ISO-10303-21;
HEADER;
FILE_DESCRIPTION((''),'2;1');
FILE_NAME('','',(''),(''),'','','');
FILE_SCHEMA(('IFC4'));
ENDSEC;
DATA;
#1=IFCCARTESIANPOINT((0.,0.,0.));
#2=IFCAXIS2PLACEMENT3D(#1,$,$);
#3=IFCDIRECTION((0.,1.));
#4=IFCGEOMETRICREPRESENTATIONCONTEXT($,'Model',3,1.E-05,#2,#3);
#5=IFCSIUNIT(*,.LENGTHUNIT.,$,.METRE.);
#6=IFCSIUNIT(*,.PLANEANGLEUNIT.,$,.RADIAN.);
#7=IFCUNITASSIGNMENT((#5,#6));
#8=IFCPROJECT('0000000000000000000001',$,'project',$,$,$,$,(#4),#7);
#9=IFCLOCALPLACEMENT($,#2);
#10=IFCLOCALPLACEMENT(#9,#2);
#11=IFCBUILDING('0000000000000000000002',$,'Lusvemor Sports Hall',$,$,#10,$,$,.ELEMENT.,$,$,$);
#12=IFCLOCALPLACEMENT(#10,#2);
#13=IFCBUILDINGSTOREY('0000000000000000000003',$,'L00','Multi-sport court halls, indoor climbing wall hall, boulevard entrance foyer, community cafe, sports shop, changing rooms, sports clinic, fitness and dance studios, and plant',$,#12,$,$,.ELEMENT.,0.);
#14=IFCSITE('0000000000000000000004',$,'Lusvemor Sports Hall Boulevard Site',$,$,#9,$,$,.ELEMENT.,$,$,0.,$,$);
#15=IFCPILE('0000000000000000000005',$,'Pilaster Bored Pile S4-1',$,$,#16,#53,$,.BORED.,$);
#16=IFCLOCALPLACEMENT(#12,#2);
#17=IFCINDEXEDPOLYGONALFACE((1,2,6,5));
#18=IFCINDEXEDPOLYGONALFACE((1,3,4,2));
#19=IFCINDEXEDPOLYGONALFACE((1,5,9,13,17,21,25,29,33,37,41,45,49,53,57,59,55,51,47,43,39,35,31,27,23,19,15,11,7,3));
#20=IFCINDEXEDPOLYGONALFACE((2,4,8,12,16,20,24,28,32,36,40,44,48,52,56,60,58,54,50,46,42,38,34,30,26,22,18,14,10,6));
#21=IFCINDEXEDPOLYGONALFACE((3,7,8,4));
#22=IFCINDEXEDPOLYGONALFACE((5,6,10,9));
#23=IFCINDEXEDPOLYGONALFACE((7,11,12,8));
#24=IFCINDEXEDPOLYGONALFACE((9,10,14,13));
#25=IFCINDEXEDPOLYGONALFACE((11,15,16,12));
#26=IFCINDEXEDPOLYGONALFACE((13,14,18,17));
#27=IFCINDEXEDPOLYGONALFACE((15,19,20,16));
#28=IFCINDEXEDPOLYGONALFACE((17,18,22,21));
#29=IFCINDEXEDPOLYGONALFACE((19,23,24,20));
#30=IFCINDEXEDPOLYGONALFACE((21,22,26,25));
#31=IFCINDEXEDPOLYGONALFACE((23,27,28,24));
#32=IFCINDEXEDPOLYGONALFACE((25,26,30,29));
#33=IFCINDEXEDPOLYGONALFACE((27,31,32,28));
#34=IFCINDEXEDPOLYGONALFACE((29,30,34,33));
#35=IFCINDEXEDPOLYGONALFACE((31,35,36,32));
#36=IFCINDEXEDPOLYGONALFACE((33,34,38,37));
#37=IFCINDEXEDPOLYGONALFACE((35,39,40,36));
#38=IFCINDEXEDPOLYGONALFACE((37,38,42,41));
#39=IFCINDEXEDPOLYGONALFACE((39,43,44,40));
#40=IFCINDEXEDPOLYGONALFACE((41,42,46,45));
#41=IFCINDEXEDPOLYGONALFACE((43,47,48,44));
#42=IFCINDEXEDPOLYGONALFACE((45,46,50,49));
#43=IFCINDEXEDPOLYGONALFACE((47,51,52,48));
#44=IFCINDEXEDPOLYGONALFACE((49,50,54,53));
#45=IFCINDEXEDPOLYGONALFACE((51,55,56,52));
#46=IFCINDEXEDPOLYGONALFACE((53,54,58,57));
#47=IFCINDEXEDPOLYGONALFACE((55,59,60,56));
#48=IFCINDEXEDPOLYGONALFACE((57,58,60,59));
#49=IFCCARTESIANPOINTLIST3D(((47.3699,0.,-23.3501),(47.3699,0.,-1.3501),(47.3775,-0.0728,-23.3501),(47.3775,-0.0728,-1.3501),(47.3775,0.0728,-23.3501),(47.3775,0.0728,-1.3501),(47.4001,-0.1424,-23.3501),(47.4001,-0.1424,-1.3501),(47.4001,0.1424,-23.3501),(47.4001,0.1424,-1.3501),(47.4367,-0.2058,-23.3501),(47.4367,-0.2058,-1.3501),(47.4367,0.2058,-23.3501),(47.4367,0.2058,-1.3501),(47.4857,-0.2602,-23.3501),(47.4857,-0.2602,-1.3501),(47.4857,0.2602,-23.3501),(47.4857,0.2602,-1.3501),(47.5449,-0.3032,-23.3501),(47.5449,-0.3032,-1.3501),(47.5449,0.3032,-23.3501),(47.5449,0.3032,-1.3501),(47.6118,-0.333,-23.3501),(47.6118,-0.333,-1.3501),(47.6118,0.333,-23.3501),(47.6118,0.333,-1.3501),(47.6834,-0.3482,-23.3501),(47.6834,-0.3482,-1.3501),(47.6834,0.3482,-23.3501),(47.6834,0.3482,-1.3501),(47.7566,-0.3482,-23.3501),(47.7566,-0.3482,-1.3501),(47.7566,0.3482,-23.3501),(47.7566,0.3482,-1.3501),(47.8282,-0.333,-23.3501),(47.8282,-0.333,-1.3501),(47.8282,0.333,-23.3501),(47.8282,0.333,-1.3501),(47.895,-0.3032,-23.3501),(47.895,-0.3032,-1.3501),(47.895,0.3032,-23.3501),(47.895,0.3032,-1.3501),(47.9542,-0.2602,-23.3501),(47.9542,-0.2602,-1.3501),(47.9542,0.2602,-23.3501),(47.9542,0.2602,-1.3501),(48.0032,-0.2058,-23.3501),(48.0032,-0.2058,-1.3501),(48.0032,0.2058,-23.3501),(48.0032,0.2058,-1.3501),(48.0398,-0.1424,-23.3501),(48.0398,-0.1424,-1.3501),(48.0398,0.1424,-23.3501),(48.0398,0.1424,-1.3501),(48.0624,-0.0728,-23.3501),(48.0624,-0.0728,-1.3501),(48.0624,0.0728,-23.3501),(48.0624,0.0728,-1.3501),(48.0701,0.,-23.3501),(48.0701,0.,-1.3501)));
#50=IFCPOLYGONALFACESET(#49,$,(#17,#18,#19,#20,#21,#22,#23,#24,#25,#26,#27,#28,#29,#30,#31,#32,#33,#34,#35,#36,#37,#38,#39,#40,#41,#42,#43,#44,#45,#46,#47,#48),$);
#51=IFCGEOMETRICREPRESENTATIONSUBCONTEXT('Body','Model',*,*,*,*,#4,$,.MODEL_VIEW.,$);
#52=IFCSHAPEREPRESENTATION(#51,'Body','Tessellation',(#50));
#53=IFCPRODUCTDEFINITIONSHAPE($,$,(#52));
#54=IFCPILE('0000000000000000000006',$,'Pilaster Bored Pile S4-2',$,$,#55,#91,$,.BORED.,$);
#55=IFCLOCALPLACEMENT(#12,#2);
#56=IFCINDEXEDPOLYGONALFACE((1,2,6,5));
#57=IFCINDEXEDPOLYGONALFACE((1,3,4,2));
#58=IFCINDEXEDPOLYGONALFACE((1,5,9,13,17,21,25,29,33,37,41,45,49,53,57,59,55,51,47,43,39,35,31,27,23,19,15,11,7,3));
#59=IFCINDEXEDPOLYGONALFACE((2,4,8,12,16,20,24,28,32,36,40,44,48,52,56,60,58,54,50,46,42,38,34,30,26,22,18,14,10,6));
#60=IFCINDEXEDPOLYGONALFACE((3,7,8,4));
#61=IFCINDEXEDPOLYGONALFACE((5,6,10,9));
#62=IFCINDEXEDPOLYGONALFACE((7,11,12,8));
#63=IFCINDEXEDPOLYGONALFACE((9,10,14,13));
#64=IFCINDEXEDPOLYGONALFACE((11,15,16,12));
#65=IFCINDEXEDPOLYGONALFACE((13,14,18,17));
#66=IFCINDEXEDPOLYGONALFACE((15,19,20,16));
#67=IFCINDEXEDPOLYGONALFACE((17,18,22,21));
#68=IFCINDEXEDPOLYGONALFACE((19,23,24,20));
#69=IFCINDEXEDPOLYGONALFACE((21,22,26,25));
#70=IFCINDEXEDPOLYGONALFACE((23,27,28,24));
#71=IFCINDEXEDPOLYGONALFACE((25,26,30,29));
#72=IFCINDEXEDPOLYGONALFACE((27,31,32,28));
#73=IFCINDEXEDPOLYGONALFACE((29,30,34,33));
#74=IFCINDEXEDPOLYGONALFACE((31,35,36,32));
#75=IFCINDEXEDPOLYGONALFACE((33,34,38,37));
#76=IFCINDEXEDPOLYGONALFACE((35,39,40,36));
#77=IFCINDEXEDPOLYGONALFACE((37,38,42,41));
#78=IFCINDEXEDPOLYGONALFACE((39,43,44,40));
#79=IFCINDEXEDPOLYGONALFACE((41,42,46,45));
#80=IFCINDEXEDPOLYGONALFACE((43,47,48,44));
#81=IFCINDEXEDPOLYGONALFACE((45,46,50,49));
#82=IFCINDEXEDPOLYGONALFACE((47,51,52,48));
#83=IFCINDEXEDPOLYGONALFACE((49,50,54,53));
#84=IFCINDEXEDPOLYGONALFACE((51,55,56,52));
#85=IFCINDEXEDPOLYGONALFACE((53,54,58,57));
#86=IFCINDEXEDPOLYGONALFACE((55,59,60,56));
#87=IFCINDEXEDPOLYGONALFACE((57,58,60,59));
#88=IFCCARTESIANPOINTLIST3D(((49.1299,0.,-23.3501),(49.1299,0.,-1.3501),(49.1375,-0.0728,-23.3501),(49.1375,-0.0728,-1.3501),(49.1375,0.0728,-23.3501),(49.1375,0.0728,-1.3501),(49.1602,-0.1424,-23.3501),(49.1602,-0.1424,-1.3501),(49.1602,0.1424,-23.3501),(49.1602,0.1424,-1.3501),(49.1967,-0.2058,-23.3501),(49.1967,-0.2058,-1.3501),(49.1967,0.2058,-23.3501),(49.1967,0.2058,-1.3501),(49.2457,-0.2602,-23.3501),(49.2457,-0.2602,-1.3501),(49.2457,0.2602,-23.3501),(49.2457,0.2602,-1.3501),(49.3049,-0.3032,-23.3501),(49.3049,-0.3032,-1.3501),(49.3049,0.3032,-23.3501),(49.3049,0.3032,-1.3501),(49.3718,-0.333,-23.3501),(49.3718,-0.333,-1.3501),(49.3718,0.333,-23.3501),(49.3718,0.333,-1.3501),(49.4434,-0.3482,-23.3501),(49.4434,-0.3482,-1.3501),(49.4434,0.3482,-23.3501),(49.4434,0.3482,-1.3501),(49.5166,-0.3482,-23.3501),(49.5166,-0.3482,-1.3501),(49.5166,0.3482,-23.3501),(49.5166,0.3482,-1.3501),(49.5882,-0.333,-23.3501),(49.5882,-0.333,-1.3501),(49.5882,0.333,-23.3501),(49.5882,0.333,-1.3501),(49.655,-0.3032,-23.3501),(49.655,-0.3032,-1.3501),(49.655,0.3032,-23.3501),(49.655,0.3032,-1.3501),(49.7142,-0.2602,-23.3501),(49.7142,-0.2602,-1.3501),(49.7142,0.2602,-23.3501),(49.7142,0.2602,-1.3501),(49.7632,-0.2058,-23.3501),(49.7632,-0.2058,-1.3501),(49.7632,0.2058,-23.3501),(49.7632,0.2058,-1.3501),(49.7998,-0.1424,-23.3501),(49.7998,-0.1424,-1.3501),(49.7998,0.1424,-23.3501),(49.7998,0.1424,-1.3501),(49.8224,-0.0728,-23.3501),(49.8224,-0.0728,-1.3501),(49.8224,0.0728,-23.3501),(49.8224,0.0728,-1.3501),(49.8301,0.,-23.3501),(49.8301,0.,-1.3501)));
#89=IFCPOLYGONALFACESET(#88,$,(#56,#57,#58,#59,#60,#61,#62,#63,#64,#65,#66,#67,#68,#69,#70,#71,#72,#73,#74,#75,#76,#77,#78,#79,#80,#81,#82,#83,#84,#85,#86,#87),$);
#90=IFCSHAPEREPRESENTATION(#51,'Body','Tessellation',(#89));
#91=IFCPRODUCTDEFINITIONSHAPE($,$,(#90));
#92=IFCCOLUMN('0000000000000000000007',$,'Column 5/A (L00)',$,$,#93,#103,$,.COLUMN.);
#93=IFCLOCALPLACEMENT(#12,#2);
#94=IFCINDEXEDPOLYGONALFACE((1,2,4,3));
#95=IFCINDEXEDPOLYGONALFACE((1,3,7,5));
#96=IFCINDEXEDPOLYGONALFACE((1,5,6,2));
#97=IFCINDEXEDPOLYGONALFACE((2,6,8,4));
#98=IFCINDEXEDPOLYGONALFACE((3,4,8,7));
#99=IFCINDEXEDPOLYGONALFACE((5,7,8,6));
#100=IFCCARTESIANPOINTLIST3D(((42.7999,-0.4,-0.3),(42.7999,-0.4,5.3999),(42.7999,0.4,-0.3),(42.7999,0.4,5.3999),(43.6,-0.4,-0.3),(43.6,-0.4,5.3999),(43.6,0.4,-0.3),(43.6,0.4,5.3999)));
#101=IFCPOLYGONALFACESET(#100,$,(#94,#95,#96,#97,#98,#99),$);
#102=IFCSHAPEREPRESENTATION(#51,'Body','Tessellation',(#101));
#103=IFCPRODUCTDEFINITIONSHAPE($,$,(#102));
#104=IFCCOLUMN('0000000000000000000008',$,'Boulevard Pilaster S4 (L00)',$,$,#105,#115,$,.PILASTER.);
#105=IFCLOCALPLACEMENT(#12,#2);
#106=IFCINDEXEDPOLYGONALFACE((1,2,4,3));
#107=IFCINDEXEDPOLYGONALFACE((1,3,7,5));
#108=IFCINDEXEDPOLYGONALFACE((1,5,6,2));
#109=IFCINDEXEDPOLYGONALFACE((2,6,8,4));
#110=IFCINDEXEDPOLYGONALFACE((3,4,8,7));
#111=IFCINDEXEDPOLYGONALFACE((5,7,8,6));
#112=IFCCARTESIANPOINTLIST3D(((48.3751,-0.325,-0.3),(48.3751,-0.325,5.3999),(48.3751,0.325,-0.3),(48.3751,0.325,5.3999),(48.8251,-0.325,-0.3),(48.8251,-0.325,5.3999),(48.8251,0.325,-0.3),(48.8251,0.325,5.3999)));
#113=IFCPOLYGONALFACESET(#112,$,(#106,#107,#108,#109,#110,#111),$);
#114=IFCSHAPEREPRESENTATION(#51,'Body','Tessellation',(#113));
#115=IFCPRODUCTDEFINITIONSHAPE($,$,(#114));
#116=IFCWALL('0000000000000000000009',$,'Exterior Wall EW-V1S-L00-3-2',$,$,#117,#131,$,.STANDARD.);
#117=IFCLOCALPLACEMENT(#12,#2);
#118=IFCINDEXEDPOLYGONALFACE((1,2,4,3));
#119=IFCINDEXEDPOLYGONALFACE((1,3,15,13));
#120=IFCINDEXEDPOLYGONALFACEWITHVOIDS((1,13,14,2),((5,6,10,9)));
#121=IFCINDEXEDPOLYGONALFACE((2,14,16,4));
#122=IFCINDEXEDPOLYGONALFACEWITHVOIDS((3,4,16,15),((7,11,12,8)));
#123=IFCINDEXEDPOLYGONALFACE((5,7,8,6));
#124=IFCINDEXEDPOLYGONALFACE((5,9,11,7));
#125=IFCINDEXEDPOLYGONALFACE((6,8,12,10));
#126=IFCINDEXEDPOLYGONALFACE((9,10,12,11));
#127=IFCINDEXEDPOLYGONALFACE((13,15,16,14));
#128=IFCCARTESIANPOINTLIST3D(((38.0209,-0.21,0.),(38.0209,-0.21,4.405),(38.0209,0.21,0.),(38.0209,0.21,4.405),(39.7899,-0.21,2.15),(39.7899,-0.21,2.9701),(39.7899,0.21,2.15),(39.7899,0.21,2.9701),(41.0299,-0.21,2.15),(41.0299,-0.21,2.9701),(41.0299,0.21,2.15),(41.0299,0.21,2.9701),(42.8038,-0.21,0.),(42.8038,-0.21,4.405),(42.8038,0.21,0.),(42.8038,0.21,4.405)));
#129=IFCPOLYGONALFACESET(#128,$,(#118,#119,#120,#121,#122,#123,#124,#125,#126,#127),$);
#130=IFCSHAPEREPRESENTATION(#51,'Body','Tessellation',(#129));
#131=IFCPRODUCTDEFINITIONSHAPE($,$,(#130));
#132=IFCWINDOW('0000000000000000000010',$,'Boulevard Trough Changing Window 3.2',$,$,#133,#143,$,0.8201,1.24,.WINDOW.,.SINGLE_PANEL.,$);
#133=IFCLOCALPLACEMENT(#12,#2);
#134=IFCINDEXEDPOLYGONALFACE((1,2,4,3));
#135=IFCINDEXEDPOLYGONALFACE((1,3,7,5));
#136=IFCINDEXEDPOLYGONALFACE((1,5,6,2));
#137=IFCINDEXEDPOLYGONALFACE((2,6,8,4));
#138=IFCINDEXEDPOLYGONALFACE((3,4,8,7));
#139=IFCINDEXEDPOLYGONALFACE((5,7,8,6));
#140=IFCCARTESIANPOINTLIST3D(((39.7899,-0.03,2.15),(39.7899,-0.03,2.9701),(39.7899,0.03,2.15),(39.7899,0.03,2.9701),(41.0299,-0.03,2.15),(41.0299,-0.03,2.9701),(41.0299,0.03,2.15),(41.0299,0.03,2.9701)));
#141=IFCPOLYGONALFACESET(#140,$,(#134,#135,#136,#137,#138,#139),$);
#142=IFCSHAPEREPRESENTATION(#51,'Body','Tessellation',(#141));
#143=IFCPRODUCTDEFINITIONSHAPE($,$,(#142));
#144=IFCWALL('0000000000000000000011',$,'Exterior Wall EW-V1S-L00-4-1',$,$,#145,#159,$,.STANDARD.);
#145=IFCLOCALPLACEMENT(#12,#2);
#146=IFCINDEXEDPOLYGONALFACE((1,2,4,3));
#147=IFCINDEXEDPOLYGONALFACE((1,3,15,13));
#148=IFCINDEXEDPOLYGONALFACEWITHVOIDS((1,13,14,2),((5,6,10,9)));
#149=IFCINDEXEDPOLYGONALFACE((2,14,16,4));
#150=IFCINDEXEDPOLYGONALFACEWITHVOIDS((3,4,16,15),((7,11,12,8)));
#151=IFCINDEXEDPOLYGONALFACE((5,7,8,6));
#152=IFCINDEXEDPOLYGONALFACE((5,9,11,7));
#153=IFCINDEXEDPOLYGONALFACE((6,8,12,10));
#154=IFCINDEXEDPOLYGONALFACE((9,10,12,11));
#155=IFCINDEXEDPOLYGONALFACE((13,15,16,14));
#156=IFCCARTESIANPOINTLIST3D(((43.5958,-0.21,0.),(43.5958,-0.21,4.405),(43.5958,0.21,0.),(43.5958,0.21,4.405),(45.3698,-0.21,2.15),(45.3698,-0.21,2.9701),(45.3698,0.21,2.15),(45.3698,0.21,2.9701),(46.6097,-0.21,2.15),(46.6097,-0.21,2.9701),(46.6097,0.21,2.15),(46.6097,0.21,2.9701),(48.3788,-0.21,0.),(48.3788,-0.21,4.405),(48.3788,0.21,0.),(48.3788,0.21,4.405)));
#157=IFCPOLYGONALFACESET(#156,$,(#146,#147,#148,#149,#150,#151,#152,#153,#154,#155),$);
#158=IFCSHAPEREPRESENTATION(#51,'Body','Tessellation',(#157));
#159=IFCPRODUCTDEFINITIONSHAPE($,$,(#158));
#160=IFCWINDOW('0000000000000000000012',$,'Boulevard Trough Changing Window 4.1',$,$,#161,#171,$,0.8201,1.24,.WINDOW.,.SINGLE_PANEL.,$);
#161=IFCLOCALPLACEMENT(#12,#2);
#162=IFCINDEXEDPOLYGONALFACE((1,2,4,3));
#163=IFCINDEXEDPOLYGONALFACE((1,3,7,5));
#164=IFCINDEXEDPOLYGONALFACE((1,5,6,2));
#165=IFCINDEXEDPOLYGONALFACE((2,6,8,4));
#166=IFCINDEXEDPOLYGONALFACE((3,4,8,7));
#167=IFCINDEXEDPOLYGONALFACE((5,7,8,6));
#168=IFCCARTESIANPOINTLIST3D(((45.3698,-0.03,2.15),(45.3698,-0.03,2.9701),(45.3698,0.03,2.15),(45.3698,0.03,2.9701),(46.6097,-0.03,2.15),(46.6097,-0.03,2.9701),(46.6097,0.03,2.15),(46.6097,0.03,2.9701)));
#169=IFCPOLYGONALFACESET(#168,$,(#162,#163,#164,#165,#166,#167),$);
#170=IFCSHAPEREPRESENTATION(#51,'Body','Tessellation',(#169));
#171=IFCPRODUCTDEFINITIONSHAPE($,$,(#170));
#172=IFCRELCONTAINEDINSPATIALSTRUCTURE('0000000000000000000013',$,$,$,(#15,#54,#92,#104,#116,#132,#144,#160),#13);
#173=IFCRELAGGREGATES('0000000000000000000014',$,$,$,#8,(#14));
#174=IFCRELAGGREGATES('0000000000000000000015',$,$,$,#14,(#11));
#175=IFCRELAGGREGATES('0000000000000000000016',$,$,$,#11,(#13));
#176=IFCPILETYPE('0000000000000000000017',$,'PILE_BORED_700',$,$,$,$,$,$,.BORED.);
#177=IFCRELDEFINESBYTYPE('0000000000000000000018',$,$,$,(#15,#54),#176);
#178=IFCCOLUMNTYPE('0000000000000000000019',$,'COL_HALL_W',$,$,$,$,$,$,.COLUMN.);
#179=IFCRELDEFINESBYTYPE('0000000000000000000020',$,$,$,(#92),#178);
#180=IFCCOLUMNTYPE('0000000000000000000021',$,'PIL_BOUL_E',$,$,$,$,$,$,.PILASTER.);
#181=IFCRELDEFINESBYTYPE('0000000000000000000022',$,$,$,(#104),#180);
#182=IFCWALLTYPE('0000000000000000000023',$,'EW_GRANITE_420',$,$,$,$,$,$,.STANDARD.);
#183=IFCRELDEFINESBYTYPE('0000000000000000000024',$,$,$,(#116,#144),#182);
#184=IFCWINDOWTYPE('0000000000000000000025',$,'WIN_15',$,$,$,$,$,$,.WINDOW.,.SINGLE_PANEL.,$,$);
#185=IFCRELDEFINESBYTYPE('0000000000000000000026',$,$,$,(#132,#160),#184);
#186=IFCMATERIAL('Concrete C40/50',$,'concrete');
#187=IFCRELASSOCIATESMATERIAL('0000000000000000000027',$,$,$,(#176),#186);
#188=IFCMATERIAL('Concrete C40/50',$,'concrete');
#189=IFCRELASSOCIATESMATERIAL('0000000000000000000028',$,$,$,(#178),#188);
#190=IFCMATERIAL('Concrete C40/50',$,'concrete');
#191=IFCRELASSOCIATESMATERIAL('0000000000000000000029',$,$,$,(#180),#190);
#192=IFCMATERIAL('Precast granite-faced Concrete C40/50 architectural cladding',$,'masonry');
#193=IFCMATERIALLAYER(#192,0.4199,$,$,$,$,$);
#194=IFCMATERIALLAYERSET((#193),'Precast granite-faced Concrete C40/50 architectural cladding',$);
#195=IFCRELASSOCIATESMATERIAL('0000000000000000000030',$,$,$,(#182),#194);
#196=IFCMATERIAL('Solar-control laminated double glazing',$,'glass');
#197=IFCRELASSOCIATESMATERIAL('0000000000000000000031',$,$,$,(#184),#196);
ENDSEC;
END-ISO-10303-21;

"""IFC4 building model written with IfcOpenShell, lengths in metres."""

from ifc_helpers import new_model, si_unit, direction, frame, frame_2d, origin, origin_2d, place, context, subcontext, project, spatial, rectangle, circle, extrude, material, layer, layer_set, material_profile, profile_set, type_object, element, fill, save


model = new_model("IFC4")

# Units and contexts
model_context = context("Model", 3, precision=1e-05, world=origin(), true_north=direction((0.0, 1.0)))
body_context = subcontext(model_context, "Body", "Model", "MODEL_VIEW")
ifc_project = project(units=[si_unit("LENGTHUNIT", "METRE"), si_unit("PLANEANGLEUNIT", "RADIAN")], contexts=[model_context])

# Site, building, storey
site_placement = place(None, origin())
site = spatial("IfcSite", under=ifc_project, at=site_placement, Name="Lusvemor Sports Hall Boulevard Site", CompositionType="ELEMENT", RefElevation=0.0)
building_placement = place(site_placement, origin())
building = spatial("IfcBuilding", under=site, at=building_placement, Name="Lusvemor Sports Hall", CompositionType="ELEMENT")
storey_placement = place(building_placement, origin())
storey = spatial("IfcBuildingStorey", under=building, at=storey_placement, Name="L00", Description="Multi-sport court halls, indoor climbing wall hall, boulevard entrance foyer, community cafe, sports shop, changing rooms, sports clinic, fitness and dance studios, and plant", CompositionType="ELEMENT", Elevation=0.0)

# Piles
ifc_material_1 = material(Name="Concrete C40/50", Category="concrete")
ifc_material_profile_1 = material_profile(ifc_material_1, circle(Radius=0.3501, at=origin_2d()), Name="PILE700")
ifc_profile_set_1 = profile_set([ifc_material_profile_1], Name="Concrete C40/50")
pile_type = type_object("IfcPileType", Name="PILE_BORED_700", PredefinedType="BORED", material=ifc_profile_set_1)
for number, where, z_axis, x_axis, name in (
    (1, (47.72, 0.0, -1.3501), (0.0, 0.0, -1.0), (1.0, 0.0, 0.0), "Pilaster Bored Pile S4-1"),
    (2, (49.48, 0.0, -1.3501), (0.0, 0.0, -1.0), (1.0, 0.0, 0.0), "Pilaster Bored Pile S4-2"),
):
    element("IfcPile", number, at=place(storey_placement, frame(where, z_axis=z_axis, x_axis=x_axis)), inside=storey, type_object=pile_type, Name=name, PredefinedType="BORED", context=body_context, shape_type="SweptSolid", body=[
        extrude(circle(Radius=0.3501, at=origin_2d()), origin(), (0.0, 0.0, 1.0), 22.0),
    ])

# Columns
ifc_material_2 = material(Name="Concrete C40/50", Category="concrete")
ifc_material_profile_2 = material_profile(ifc_material_2, rectangle(XDim=0.8, YDim=0.8, at=origin_2d()), Name="RC800x800")
ifc_profile_set_2 = profile_set([ifc_material_profile_2], Name="Concrete C40/50")
column_type_1 = type_object("IfcColumnType", Name="COL_HALL_W", PredefinedType="COLUMN", material=ifc_profile_set_2)
column_1_placement = place(storey_placement, frame((43.2, 0.0, -0.3), z_axis=(0.0, 0.0, 1.0), x_axis=(1.0, 0.0, 0.0)))
element("IfcColumn", 3, at=column_1_placement, inside=storey, type_object=column_type_1, Name="Column 5/A (L00)", PredefinedType="COLUMN", context=body_context, shape_type="SweptSolid", body=[
    extrude(rectangle(XDim=0.8, YDim=0.8, at=origin_2d()), origin(), (0.0, 0.0, 1.0), 5.7),
])
ifc_material_3 = material(Name="Concrete C40/50", Category="concrete")
ifc_material_profile_3 = material_profile(ifc_material_3, rectangle(XDim=0.45, YDim=0.6499, at=origin_2d()), Name="RC450x650")
ifc_profile_set_3 = profile_set([ifc_material_profile_3], Name="Concrete C40/50")
column_type_2 = type_object("IfcColumnType", Name="PIL_BOUL_E", PredefinedType="PILASTER", material=ifc_profile_set_3)
column_2_placement = place(storey_placement, frame((48.6001, 0.0, -0.3), z_axis=(0.0, 0.0, 1.0), x_axis=(1.0, 0.0, 0.0)))
element("IfcColumn", 4, at=column_2_placement, inside=storey, type_object=column_type_2, Name="Boulevard Pilaster S4 (L00)", PredefinedType="PILASTER", context=body_context, shape_type="SweptSolid", body=[
    extrude(rectangle(XDim=0.45, YDim=0.6499, at=origin_2d()), origin(), (0.0, 0.0, 1.0), 5.7),
])

# Walls, openings, windows
ifc_material_4 = material(Name="Precast granite-faced Concrete C40/50 architectural cladding", Category="masonry")
ifc_layer_1 = layer(ifc_material_4, 0.4199)
ifc_layer_set_1 = layer_set([ifc_layer_1], Name="Precast granite-faced Concrete C40/50 architectural cladding")
wall_type_1 = type_object("IfcWallType", Name="EW_GRANITE_420", PredefinedType="STANDARD", material=ifc_layer_set_1)
wall_1_placement = place(storey_placement, frame((42.804, 0.0, 0.0), z_axis=(0.0, 0.0, 1.0), x_axis=(-1.0, 0.0, 0.0)))
wall_1 = element("IfcWall", 5, at=wall_1_placement, inside=storey, type_object=wall_type_1, Name="Exterior Wall EW-V1S-L00-3-2", PredefinedType="STANDARD", context=body_context, shape_type="SweptSolid", body=[
    extrude(rectangle(XDim=4.783, YDim=0.4199, at=frame_2d((2.3916, 0.0))), origin(), (0.0, 0.0, 1.0), 4.405),
])
opening_1_placement = place(wall_1_placement, frame((1.7739, 0.0, 2.1499)))
opening_1 = element("IfcOpeningElement", 6, at=opening_1_placement, cuts=wall_1, PredefinedType="OPENING", context=body_context, shape_type="SweptSolid", body=[
    extrude(rectangle(XDim=1.24, YDim=0.8201, at=frame_2d((0.6201, 0.4102))), frame((0.0, 0.21, 0.0), z_axis=(0.0, -1.0, 0.0), x_axis=(1.0, 0.0, 0.0)), (0.0, 0.0, 1.0), 0.4199),
])
ifc_material_5 = material(Name="Solar-control laminated double glazing", Category="glass")
window_type = type_object("IfcWindowType", Name="WIN_15", PartitioningType="SINGLE_PANEL", PredefinedType="WINDOW", material=ifc_material_5)
window_1_placement = place(opening_1_placement, origin())
window_1 = element("IfcWindow", 7, at=window_1_placement, inside=storey, type_object=window_type, Name="Boulevard Trough Changing Window 3.2", OverallHeight=0.8201, OverallWidth=1.24, PartitioningType="SINGLE_PANEL", PredefinedType="WINDOW", context=body_context, shape_type="SweptSolid", body=[
    extrude(rectangle(XDim=1.24, YDim=0.8201, at=frame_2d((0.6201, 0.4102))), frame((0.0, 0.03, 0.0), z_axis=(0.0, -1.0, 0.0), x_axis=(1.0, 0.0, 0.0)), (0.0, 0.0, 1.0), 0.0601),
])
fill(opening_1, window_1)
wall_2_placement = place(storey_placement, frame((48.3789, 0.0, 0.0), z_axis=(0.0, 0.0, 1.0), x_axis=(-1.0, 0.0, 0.0)))
wall_2 = element("IfcWall", 8, at=wall_2_placement, inside=storey, type_object=wall_type_1, Name="Exterior Wall EW-V1S-L00-4-1", PredefinedType="STANDARD", context=body_context, shape_type="SweptSolid", body=[
    extrude(rectangle(XDim=4.783, YDim=0.4199, at=frame_2d((2.3916, 0.0))), origin(), (0.0, 0.0, 1.0), 4.405),
])
opening_2_placement = place(wall_2_placement, frame((1.769, 0.0, 2.1499)))
opening_2 = element("IfcOpeningElement", 9, at=opening_2_placement, cuts=wall_2, PredefinedType="OPENING", context=body_context, shape_type="SweptSolid", body=[
    extrude(rectangle(XDim=1.24, YDim=0.8201, at=frame_2d((0.6201, 0.4102))), frame((0.0, 0.21, 0.0), z_axis=(0.0, -1.0, 0.0), x_axis=(1.0, 0.0, 0.0)), (0.0, 0.0, 1.0), 0.4199),
])
window_2_placement = place(opening_2_placement, origin())
window_2 = element("IfcWindow", 10, at=window_2_placement, inside=storey, type_object=window_type, Name="Boulevard Trough Changing Window 4.1", OverallHeight=0.8201, OverallWidth=1.24, PartitioningType="SINGLE_PANEL", PredefinedType="WINDOW", context=body_context, shape_type="SweptSolid", body=[
    extrude(rectangle(XDim=1.24, YDim=0.8201, at=frame_2d((0.6201, 0.4102))), frame((0.0, 0.03, 0.0), z_axis=(0.0, -1.0, 0.0), x_axis=(1.0, 0.0, 0.0)), (0.0, 0.0, 1.0), 0.0601),
])
fill(opening_2, window_2)

save(model, "model.ifc")
